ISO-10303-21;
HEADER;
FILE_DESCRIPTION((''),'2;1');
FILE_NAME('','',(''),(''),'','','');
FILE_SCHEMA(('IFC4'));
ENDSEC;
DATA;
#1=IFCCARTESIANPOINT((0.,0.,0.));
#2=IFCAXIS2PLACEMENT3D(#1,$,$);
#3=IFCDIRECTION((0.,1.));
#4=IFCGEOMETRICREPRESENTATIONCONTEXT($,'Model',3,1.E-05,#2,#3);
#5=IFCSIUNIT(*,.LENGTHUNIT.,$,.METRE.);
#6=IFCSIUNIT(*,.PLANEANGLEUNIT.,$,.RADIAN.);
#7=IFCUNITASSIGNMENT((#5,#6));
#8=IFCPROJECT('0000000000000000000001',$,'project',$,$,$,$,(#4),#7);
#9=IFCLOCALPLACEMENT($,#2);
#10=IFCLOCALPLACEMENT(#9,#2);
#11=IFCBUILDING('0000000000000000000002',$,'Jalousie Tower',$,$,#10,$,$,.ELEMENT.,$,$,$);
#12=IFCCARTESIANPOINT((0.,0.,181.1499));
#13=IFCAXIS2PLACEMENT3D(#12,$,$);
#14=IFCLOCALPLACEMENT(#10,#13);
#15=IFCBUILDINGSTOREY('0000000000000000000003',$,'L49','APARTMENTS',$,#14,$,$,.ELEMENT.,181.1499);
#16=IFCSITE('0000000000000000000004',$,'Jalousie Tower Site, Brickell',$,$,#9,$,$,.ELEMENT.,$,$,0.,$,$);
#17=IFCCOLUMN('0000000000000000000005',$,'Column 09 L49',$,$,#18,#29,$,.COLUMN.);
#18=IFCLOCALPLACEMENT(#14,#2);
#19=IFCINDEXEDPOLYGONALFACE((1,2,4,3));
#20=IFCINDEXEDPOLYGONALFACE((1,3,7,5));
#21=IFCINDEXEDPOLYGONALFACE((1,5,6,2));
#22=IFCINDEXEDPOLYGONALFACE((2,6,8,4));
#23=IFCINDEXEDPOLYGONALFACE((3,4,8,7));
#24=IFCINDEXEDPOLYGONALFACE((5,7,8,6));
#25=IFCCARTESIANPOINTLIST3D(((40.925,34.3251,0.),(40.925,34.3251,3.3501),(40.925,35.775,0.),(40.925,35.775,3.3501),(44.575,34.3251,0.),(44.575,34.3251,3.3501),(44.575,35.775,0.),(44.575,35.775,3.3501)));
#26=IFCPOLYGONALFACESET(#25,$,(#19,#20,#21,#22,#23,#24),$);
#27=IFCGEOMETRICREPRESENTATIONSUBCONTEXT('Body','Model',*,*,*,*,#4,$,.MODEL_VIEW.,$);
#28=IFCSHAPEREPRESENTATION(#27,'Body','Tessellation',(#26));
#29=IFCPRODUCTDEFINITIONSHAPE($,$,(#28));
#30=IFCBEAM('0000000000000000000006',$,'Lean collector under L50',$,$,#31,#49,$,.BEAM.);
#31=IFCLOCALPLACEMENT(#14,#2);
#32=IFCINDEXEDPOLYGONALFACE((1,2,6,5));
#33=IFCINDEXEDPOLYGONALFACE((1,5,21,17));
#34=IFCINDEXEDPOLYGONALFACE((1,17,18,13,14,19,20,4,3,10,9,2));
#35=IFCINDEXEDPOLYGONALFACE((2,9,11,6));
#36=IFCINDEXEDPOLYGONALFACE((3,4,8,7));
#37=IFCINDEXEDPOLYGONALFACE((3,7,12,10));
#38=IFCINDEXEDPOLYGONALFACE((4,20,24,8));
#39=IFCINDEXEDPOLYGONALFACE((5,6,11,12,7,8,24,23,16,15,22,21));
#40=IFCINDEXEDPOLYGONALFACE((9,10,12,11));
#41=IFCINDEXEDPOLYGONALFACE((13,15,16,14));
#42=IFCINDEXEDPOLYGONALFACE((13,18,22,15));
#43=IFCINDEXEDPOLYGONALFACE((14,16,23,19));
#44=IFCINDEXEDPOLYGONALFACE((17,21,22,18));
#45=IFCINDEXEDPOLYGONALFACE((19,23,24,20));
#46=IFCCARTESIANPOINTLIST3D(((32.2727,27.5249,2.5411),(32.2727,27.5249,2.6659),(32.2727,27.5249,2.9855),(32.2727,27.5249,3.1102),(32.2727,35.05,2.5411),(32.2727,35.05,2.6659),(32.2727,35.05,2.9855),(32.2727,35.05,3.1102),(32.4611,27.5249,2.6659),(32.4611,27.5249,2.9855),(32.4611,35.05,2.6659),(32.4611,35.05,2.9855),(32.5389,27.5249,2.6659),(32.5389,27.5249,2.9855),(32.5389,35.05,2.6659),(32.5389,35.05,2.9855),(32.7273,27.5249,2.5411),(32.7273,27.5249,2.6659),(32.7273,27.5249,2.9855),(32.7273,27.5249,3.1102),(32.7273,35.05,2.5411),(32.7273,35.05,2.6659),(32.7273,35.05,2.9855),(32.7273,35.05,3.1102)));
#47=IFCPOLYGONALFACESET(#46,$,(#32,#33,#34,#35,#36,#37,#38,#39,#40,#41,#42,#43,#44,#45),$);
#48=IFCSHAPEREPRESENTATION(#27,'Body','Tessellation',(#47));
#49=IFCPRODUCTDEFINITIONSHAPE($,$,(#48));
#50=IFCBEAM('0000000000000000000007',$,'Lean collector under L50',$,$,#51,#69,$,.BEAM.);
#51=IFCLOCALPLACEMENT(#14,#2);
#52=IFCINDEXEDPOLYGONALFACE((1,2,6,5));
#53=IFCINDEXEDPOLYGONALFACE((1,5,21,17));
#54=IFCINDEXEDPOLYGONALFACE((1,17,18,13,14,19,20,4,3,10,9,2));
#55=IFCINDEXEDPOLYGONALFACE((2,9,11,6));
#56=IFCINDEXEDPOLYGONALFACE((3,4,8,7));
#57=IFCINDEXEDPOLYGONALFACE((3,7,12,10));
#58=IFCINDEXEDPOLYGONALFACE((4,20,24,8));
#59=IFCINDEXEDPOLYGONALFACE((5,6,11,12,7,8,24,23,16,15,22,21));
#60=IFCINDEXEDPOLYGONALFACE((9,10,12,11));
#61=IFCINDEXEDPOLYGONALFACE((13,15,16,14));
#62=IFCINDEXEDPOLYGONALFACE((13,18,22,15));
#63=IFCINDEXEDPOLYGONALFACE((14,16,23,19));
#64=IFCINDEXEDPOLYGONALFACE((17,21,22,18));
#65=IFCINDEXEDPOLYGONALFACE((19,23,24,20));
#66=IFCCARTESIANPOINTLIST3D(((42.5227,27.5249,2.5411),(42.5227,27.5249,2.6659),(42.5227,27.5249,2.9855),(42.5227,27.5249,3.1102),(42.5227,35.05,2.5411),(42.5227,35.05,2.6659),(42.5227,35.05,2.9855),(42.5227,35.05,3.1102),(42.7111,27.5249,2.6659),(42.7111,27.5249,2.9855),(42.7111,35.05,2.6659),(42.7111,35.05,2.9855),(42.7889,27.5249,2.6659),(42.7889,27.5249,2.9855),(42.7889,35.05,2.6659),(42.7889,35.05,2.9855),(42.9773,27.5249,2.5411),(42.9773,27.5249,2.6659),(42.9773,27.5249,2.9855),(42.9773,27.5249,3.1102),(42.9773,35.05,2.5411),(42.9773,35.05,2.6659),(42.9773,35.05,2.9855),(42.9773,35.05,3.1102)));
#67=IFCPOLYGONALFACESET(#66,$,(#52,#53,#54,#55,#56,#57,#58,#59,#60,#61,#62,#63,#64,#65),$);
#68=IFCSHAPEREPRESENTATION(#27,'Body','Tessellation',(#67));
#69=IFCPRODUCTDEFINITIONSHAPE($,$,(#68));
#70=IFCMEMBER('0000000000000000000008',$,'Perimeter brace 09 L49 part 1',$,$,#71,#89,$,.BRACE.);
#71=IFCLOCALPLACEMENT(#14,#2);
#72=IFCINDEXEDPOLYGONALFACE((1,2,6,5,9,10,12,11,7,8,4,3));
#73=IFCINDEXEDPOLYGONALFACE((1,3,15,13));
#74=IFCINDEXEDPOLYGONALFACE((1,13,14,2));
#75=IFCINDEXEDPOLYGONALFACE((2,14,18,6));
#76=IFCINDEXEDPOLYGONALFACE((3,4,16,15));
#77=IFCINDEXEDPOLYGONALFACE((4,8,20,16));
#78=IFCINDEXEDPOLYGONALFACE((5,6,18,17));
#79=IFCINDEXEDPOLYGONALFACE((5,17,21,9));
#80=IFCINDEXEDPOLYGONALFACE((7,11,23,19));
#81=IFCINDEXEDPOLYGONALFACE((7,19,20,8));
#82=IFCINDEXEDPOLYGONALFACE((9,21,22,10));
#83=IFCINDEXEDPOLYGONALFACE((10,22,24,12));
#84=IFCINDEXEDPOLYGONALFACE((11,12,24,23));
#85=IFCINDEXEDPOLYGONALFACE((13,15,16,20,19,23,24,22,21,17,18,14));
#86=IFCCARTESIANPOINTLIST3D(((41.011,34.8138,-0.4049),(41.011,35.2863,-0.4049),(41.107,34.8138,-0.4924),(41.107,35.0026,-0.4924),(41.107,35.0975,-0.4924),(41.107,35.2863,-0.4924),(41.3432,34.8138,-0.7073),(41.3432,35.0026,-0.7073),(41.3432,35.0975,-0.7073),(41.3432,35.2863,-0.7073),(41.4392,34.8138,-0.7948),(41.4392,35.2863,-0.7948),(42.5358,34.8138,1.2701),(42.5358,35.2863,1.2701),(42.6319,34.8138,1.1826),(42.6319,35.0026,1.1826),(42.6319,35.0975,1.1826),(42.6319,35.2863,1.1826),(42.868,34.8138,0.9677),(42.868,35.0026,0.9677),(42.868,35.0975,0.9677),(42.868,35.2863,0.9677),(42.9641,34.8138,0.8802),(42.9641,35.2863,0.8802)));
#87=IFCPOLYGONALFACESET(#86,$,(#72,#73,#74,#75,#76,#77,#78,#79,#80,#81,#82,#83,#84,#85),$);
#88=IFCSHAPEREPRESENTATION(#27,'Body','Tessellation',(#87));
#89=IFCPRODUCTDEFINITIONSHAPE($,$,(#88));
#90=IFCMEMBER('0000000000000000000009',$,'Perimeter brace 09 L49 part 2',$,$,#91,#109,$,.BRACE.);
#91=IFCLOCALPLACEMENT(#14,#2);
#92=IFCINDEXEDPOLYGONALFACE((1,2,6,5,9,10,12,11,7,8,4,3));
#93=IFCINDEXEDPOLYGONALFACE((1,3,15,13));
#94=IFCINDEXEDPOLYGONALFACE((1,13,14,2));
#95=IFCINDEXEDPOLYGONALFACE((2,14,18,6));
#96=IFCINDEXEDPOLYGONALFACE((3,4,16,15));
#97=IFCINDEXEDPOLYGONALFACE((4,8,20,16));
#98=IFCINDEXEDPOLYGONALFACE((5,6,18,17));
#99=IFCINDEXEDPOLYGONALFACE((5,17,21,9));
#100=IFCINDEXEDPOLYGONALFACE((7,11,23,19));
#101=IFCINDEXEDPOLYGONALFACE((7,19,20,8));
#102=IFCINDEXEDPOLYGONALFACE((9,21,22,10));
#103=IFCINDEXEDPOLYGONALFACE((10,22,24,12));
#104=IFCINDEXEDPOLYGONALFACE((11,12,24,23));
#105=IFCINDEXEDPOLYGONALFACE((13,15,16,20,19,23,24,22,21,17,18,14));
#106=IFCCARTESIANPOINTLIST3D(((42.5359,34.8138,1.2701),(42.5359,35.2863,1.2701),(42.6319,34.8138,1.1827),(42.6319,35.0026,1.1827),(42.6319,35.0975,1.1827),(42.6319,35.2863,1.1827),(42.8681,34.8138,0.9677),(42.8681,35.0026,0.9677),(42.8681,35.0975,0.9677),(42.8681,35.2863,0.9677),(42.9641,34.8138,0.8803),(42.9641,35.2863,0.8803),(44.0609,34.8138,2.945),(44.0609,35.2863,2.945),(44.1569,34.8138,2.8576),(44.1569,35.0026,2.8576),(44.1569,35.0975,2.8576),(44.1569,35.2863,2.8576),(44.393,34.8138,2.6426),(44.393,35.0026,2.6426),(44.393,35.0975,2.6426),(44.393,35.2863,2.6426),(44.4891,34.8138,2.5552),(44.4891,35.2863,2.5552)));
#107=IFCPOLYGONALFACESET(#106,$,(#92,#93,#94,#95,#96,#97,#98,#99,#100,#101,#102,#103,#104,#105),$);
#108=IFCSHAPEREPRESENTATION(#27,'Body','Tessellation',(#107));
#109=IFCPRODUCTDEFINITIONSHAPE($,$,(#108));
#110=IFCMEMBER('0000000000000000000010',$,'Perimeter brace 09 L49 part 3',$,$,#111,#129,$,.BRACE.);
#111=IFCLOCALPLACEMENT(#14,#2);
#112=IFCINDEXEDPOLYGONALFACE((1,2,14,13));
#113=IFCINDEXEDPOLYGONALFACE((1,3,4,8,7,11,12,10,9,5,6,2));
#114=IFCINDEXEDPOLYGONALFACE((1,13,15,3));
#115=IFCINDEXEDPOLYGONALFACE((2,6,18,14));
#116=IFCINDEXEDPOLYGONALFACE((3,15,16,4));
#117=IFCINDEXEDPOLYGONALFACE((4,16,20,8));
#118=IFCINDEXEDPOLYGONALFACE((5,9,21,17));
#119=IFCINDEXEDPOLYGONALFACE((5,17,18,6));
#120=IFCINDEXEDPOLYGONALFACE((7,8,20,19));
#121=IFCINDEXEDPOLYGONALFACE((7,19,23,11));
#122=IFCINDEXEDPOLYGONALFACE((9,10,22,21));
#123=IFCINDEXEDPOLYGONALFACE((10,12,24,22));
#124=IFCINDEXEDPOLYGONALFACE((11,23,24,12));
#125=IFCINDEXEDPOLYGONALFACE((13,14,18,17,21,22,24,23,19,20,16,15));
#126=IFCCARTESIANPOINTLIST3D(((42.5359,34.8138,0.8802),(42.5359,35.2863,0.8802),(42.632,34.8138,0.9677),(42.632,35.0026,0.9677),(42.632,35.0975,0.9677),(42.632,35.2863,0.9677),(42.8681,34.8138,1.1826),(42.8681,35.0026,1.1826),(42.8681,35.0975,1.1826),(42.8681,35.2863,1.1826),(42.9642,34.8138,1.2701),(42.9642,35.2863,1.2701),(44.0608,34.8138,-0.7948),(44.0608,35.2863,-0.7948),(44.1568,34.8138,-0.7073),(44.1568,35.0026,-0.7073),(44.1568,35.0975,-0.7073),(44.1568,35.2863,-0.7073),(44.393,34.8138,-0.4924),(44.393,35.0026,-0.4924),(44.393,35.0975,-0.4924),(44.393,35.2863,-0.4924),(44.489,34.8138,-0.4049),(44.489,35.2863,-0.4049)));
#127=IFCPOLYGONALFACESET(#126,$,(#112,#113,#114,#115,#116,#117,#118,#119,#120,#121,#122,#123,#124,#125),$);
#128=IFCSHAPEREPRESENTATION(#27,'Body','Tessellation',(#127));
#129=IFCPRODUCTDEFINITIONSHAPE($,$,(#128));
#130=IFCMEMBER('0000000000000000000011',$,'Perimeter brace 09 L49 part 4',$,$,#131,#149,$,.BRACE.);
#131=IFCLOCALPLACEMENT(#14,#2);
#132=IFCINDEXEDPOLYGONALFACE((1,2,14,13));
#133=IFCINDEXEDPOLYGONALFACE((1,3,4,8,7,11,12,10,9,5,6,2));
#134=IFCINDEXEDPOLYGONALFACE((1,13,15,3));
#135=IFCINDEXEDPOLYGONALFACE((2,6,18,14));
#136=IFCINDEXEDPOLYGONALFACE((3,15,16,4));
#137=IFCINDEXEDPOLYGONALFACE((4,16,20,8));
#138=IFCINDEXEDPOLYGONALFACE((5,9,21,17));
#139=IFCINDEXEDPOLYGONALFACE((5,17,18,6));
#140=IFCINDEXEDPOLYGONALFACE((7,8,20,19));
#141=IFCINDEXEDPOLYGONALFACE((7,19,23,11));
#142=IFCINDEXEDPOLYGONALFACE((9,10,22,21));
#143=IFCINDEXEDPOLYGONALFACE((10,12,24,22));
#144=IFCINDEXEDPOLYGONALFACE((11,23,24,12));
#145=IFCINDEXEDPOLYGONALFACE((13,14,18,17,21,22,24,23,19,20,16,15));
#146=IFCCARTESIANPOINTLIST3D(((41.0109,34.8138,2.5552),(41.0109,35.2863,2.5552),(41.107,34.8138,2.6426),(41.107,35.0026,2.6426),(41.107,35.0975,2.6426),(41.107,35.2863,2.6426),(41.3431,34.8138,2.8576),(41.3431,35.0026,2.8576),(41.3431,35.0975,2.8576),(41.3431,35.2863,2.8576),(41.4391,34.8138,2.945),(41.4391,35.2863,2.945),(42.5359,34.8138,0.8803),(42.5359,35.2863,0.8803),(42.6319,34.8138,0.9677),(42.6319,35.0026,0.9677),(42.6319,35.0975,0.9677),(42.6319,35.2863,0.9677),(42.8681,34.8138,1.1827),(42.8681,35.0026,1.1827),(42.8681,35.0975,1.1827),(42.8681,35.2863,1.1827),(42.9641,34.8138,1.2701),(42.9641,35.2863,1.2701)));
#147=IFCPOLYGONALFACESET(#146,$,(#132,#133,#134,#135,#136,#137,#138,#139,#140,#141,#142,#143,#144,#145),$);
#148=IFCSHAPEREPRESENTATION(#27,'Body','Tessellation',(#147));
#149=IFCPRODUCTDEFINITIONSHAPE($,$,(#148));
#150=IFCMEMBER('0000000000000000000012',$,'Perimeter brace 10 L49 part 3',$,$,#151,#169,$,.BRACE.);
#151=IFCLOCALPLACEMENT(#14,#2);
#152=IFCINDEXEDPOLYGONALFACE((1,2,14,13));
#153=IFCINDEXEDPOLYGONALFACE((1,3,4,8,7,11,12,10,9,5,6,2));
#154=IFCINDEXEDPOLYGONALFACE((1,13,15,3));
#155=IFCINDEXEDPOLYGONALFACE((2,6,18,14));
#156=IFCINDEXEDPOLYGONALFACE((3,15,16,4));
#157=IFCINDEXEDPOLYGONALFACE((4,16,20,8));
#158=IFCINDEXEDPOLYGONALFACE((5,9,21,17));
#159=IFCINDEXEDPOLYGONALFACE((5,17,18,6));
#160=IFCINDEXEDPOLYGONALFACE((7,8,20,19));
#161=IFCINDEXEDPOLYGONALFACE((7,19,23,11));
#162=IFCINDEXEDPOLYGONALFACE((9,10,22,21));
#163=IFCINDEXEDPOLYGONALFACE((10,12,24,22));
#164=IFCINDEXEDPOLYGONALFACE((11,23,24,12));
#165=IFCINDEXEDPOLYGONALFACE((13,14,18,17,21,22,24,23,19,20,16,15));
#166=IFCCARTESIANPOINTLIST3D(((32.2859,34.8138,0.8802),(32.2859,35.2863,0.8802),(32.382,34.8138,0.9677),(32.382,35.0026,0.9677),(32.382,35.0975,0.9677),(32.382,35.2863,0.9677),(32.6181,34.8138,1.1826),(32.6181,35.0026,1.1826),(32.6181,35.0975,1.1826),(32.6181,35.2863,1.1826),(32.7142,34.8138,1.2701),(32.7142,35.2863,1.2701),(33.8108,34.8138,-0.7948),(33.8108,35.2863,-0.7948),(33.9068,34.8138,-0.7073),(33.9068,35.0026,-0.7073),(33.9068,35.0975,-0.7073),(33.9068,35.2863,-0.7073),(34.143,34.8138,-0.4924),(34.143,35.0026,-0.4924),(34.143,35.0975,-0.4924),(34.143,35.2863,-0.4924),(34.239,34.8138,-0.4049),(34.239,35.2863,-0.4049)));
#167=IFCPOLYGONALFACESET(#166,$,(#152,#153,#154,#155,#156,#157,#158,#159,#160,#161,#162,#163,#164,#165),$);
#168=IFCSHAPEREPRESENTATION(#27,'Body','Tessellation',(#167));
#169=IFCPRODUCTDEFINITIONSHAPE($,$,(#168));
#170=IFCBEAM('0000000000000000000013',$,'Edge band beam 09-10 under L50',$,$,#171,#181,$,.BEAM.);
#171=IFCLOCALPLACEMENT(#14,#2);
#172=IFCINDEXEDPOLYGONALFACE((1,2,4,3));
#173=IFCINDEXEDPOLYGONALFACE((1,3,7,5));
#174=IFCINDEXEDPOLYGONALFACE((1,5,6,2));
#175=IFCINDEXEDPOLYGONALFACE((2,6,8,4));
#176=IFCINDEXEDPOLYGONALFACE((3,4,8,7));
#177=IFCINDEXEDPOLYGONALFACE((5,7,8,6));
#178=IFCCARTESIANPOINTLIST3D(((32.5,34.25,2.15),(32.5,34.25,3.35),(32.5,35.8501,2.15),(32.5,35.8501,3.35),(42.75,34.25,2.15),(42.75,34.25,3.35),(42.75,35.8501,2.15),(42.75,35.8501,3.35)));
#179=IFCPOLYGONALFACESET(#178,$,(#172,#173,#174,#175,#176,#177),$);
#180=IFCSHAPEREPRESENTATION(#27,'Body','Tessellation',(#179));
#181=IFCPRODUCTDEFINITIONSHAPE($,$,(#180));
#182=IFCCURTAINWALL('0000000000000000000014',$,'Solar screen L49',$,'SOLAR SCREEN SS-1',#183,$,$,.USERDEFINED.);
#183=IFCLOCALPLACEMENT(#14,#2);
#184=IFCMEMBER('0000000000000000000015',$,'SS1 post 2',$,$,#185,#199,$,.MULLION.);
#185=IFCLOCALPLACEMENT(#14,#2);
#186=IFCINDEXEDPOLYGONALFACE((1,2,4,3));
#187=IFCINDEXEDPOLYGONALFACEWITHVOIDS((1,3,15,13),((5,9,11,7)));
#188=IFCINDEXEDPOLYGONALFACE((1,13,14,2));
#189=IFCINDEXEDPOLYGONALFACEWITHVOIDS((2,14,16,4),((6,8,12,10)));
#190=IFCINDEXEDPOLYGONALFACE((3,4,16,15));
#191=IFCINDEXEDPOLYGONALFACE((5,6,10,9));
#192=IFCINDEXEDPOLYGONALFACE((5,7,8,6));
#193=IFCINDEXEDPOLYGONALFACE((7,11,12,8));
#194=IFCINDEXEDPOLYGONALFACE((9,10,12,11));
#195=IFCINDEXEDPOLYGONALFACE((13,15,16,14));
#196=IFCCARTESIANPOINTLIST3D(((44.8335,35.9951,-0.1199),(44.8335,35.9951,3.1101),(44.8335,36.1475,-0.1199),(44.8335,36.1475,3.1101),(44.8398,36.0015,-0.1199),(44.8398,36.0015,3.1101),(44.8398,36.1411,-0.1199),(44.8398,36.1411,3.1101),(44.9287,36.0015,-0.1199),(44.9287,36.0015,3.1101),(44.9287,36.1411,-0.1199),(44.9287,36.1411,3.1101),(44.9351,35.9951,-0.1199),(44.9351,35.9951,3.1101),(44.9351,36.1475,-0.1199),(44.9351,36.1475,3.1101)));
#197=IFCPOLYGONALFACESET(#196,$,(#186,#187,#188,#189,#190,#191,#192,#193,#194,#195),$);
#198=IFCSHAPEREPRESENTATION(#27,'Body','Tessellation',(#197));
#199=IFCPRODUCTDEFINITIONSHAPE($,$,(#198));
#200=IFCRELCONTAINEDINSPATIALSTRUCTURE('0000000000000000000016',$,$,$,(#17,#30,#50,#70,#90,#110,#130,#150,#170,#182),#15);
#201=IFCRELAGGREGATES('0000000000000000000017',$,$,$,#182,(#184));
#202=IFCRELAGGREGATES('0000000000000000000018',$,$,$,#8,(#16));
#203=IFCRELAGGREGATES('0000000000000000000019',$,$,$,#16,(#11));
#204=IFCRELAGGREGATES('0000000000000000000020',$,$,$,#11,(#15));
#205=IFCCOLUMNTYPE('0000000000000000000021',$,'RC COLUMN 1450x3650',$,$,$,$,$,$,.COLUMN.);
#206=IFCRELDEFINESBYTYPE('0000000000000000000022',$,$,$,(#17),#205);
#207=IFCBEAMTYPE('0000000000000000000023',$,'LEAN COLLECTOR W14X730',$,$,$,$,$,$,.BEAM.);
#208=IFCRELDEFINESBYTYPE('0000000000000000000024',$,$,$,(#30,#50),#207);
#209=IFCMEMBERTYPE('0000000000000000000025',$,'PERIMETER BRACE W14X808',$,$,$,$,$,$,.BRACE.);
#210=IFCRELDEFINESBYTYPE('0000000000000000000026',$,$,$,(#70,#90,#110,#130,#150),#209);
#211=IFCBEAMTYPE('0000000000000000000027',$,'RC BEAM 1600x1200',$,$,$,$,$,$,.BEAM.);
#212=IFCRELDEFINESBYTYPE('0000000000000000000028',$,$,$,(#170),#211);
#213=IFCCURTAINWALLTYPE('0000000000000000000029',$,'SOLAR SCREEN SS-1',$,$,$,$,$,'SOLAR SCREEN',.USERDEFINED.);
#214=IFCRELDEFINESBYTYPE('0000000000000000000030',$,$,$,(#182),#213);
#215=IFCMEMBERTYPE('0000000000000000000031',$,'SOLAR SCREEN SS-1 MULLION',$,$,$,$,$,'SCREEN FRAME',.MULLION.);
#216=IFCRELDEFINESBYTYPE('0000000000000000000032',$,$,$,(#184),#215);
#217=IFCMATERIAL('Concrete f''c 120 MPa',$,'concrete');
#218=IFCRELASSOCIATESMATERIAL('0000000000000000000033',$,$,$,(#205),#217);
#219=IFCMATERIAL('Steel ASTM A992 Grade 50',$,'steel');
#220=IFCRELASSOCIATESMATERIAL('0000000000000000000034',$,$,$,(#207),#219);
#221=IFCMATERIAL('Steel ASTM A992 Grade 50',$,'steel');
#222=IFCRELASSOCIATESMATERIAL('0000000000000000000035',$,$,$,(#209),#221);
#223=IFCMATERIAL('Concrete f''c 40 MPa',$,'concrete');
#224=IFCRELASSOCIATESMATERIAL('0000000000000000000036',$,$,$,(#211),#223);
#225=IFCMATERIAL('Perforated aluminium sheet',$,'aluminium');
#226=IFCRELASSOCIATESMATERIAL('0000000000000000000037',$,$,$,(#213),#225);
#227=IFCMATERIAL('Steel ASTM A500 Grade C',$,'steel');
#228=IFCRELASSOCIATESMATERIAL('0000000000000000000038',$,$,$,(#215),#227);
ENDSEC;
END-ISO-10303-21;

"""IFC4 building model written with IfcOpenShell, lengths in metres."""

from ifc_helpers import new_model, si_unit, direction, frame, origin, origin_2d, place, context, subcontext, project, spatial, rectangle, hollow_rectangle, i_section, extrude, material, material_profile, profile_set, type_object, element, aggregate, save


model = new_model("IFC4")

# Units and contexts
model_context = context("Model", 3, precision=1e-05, world=origin(), true_north=direction((0.0, 1.0)))
body_context = subcontext(model_context, "Body", "Model", "MODEL_VIEW")
ifc_project = project(units=[si_unit("LENGTHUNIT", "METRE"), si_unit("PLANEANGLEUNIT", "RADIAN")], contexts=[model_context])

# Site, building, storey
site_placement = place(None, origin())
site = spatial("IfcSite", under=ifc_project, at=site_placement, Name="Jalousie Tower Site, Brickell", CompositionType="ELEMENT", RefElevation=0.0)
building_placement = place(site_placement, origin())
building = spatial("IfcBuilding", under=site, at=building_placement, Name="Jalousie Tower", CompositionType="ELEMENT")
storey_placement = place(building_placement, frame((0.0, 0.0, 181.1499)))
storey = spatial("IfcBuildingStorey", under=building, at=storey_placement, Name="L49", Description="APARTMENTS", CompositionType="ELEMENT", Elevation=181.1499)

# Column
ifc_material_1 = material(Name="Concrete f'c 120 MPa", Category="concrete")
ifc_material_profile_1 = material_profile(ifc_material_1, rectangle(XDim=1.45, YDim=3.6499, at=origin_2d()), Name="RC 1450x3650")
ifc_profile_set_1 = profile_set([ifc_material_profile_1], Name="Concrete f'c 120 MPa")
column_type = type_object("IfcColumnType", Name="RC COLUMN 1450x3650", PredefinedType="COLUMN", material=ifc_profile_set_1)
column_placement = place(storey_placement, frame((42.75, 35.05, 0.0), z_axis=(0.0, 0.0, 1.0), x_axis=(0.0, 1.0, 0.0)))
element("IfcColumn", 1, at=column_placement, inside=storey, type_object=column_type, Name="Column 09 L49", PredefinedType="COLUMN", context=body_context, shape_type="SweptSolid", body=[
    extrude(rectangle(XDim=1.45, YDim=3.6499, at=origin_2d()), origin(), (0.0, 0.0, 1.0), 3.3501),
])

# Beams
ifc_material_2 = material(Name="Steel ASTM A992 Grade 50", Category="steel")
ifc_material_profile_2 = material_profile(ifc_material_2, i_section(OverallWidth=0.4546, OverallDepth=0.5691, WebThickness=0.0779, FlangeThickness=0.1248, at=origin_2d()), Name="W14X730")
ifc_profile_set_2 = profile_set([ifc_material_profile_2], Name="Steel ASTM A992 Grade 50")
beam_type_1 = type_object("IfcBeamType", Name="LEAN COLLECTOR W14X730", PredefinedType="BEAM", material=ifc_profile_set_2)
for number, where, z_axis, x_axis, name in (
    (2, (32.5, 35.05, 2.8257), (0.0, -1.0, 0.0), (1.0, 0.0, 0.0), "Lean collector under L50"),
    (3, (42.75, 35.05, 2.8257), (0.0, -1.0, 0.0), (1.0, 0.0, 0.0), "Lean collector under L50"),
):
    element("IfcBeam", number, at=place(storey_placement, frame(where, z_axis=z_axis, x_axis=x_axis)), inside=storey, type_object=beam_type_1, Name=name, PredefinedType="BEAM", context=body_context, shape_type="SweptSolid", body=[
        extrude(i_section(OverallWidth=0.4546, OverallDepth=0.5691, WebThickness=0.0779, FlangeThickness=0.1248, at=origin_2d()), origin(), (0.0, 0.0, 1.0), 7.5251),
    ])

# Members
ifc_material_3 = material(Name="Steel ASTM A992 Grade 50", Category="steel")
ifc_material_profile_3 = material_profile(ifc_material_3, i_section(OverallWidth=0.4724, OverallDepth=0.5791, WebThickness=0.095, FlangeThickness=0.1299, at=origin_2d()), Name="W14X808")
ifc_profile_set_3 = profile_set([ifc_material_profile_3], Name="Steel ASTM A992 Grade 50")
member_type_1 = type_object("IfcMemberType", Name="PERIMETER BRACE W14X808", PredefinedType="BRACE", material=ifc_profile_set_3)
for number, where, z_axis, x_axis, name in (
    (4, (41.2251, 35.05, -0.5999), (0.673188, 0.0, 0.739472), (0.0, 1.0, 0.0), "Perimeter brace 09 L49 part 1"),
    (5, (42.75, 35.05, 1.0752), (0.673241, 0.0, 0.739423), (0.0, 1.0, 0.0), "Perimeter brace 09 L49 part 2"),
    (6, (44.2749, 35.05, -0.5999), (-0.673188, 0.0, 0.739472), (0.0, -1.0, 0.0), "Perimeter brace 09 L49 part 3"),
    (7, (42.75, 35.05, 1.0752), (-0.673241, 0.0, 0.739423), (0.0, -1.0, 0.0), "Perimeter brace 09 L49 part 4"),
    (8, (34.0249, 35.05, -0.5999), (-0.673188, 0.0, 0.739472), (0.0, -1.0, 0.0), "Perimeter brace 10 L49 part 3"),
):
    element("IfcMember", number, at=place(storey_placement, frame(where, z_axis=z_axis, x_axis=x_axis)), inside=storey, type_object=member_type_1, Name=name, PredefinedType="BRACE", context=body_context, shape_type="SweptSolid", body=[
        extrude(i_section(OverallWidth=0.4724, OverallDepth=0.5791, WebThickness=0.095, FlangeThickness=0.1299, at=origin_2d()), origin(), (0.0, 0.0, 1.0), 2.2651),
    ])

# Beam
ifc_material_4 = material(Name="Concrete f'c 40 MPa", Category="concrete")
ifc_material_profile_4 = material_profile(ifc_material_4, rectangle(XDim=1.6001, YDim=1.2, at=origin_2d()), Name="RC 1600x1200")
ifc_profile_set_4 = profile_set([ifc_material_profile_4], Name="Concrete f'c 40 MPa")
beam_type_2 = type_object("IfcBeamType", Name="RC BEAM 1600x1200", PredefinedType="BEAM", material=ifc_profile_set_4)
beam_placement = place(storey_placement, frame((42.75, 35.05, 2.75), z_axis=(-1.0, 0.0, 0.0), x_axis=(0.0, -1.0, 0.0)))
element("IfcBeam", 9, at=beam_placement, inside=storey, type_object=beam_type_2, Name="Edge band beam 09-10 under L50", PredefinedType="BEAM", context=body_context, shape_type="SweptSolid", body=[
    extrude(rectangle(XDim=1.6001, YDim=1.2, at=origin_2d()), origin(), (0.0, 0.0, 1.0), 10.25),
])

# Curtain wall, member
ifc_material_5 = material(Name="Perforated aluminium sheet", Category="aluminium")
curtain_wall_type = type_object("IfcCurtainWallType", Name="SOLAR SCREEN SS-1", ElementType="SOLAR SCREEN", PredefinedType="USERDEFINED", material=ifc_material_5)
curtain_wall_1_placement = place(storey_placement, origin())
curtain_wall_1 = element("IfcCurtainWall", 10, at=curtain_wall_1_placement, inside=storey, type_object=curtain_wall_type, Name="Solar screen L49", ObjectType="SOLAR SCREEN SS-1", PredefinedType="USERDEFINED")
ifc_material_6 = material(Name="Steel ASTM A500 Grade C", Category="steel")
ifc_material_profile_5 = material_profile(ifc_material_6, hollow_rectangle(XDim=0.1016, YDim=0.1523, WallThickness=0.0063, at=origin_2d()), Name="HSS6X4X1/4")
ifc_profile_set_5 = profile_set([ifc_material_profile_5], Name="Steel ASTM A500 Grade C")
member_type_2 = type_object("IfcMemberType", Name="SOLAR SCREEN SS-1 MULLION", ElementType="SCREEN FRAME", PredefinedType="MULLION", material=ifc_profile_set_5)
member_1_placement = place(storey_placement, frame((44.8843, 36.0713, -0.1199), z_axis=(0.0, 0.0, 1.0), x_axis=(-1.0, 0.0, 0.0)))
member_1 = element("IfcMember", 11, at=member_1_placement, type_object=member_type_2, Name="SS1 post 2", PredefinedType="MULLION", context=body_context, shape_type="SweptSolid", body=[
    extrude(hollow_rectangle(XDim=0.1016, YDim=0.1523, WallThickness=0.0063, at=origin_2d()), origin(), (0.0, 0.0, 1.0), 3.23),
])

aggregate(curtain_wall_1, [member_1])

save(model, "model.ifc")
